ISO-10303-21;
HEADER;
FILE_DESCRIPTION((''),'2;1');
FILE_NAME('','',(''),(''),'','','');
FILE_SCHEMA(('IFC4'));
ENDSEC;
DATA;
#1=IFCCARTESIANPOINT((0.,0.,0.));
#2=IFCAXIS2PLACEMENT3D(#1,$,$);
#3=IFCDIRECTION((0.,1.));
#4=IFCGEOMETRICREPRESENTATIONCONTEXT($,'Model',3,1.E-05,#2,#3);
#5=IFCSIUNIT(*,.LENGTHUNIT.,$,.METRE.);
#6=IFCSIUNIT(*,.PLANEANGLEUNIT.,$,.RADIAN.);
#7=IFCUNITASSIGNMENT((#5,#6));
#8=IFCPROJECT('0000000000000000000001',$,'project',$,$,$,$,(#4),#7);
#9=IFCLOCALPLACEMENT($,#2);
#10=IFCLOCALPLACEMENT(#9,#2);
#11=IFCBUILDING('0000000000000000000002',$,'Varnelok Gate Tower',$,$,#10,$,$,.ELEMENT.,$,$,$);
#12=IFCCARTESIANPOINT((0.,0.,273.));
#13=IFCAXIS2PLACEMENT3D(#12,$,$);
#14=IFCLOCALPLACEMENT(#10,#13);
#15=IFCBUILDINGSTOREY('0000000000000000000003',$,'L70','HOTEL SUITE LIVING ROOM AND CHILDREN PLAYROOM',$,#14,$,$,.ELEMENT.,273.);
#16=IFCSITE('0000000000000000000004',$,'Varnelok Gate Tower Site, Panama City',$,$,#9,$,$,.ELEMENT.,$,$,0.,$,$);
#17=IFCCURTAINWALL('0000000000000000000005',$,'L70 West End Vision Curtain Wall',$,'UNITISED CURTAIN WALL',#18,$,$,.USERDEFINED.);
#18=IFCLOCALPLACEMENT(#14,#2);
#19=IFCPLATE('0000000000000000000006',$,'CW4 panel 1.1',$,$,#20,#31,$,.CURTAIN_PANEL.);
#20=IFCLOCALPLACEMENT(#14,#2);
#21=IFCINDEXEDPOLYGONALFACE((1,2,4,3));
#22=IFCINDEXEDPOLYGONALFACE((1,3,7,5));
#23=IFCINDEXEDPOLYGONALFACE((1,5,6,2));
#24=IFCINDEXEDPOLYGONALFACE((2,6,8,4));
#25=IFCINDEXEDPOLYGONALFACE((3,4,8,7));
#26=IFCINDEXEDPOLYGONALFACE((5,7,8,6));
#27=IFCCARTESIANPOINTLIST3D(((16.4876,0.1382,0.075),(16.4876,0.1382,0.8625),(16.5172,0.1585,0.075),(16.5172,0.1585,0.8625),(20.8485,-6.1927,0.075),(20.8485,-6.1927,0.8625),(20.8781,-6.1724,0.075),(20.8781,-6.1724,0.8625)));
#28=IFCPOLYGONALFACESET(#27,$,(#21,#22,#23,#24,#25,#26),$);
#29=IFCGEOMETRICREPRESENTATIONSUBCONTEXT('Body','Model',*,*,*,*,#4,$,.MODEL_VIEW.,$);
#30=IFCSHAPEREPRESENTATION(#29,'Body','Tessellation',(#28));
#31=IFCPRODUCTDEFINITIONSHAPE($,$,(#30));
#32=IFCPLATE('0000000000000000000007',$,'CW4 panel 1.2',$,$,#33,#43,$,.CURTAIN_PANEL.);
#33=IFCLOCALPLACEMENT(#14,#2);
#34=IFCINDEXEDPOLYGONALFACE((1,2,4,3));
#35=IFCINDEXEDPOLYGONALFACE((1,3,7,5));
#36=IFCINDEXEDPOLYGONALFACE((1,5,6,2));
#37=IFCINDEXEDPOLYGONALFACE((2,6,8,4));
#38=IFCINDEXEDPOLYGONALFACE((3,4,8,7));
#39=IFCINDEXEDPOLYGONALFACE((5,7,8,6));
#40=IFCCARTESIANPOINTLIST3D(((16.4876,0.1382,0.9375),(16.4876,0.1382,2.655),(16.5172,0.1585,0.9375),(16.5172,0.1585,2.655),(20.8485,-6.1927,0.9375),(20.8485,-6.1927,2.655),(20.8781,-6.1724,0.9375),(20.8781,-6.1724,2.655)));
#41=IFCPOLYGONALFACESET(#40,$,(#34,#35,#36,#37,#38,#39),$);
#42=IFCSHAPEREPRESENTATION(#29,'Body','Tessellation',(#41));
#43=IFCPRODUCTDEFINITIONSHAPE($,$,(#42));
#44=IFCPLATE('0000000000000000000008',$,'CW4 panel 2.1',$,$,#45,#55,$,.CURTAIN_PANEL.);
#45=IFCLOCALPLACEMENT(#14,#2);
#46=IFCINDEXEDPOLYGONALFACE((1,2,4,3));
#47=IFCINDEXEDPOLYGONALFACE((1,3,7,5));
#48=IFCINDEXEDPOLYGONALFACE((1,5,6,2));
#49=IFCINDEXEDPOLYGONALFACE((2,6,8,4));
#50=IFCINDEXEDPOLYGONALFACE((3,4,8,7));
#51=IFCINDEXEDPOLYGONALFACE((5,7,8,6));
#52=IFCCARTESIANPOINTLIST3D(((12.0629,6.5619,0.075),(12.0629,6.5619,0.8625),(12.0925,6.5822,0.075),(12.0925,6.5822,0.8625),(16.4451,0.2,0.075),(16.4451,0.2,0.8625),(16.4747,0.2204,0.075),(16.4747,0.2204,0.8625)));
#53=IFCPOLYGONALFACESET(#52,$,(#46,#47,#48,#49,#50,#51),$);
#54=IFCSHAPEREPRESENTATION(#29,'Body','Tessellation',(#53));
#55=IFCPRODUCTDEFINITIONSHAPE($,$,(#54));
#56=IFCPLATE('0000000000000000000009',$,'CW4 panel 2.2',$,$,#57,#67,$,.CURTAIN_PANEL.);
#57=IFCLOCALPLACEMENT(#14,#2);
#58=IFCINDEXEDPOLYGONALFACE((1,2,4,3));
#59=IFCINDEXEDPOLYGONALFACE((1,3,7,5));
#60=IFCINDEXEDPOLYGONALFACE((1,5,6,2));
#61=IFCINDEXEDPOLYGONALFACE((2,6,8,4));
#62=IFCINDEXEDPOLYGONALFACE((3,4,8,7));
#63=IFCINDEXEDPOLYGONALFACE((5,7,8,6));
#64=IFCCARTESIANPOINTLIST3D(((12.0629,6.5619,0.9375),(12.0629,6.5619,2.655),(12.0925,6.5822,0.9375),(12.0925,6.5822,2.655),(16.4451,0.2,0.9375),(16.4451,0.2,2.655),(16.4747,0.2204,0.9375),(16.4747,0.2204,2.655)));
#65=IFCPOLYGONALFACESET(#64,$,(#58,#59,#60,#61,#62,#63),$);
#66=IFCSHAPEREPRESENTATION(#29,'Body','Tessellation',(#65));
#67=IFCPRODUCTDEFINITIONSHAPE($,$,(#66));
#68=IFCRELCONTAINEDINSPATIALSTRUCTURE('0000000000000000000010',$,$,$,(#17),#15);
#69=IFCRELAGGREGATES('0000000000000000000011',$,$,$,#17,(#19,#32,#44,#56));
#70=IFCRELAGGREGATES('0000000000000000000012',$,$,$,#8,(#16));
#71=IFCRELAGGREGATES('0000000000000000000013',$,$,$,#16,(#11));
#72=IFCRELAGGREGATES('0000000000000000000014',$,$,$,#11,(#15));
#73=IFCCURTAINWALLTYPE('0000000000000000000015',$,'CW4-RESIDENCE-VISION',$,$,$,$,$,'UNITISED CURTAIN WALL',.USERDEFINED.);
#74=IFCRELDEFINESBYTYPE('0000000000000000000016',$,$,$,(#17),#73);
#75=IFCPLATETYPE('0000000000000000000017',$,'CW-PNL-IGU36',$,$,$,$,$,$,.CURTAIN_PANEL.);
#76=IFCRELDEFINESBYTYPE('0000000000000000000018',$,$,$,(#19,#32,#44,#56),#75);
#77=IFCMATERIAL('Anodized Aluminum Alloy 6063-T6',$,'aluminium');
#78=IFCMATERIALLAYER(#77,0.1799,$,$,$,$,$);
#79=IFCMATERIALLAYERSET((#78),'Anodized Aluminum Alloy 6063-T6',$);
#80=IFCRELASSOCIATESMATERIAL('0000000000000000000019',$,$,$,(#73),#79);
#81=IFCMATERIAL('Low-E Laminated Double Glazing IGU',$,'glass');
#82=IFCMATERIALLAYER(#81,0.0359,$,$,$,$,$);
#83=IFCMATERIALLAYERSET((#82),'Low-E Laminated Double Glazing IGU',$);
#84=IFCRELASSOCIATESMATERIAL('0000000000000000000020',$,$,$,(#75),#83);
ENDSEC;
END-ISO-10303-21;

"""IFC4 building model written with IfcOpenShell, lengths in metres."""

from ifc_helpers import new_model, si_unit, direction, frame, origin, origin_2d, place, context, subcontext, project, spatial, rectangle, extrude, source, transform, mapped, material, layer, layer_set, type_object, element, aggregate, save


model = new_model("IFC4")

# Units and contexts
model_context = context("Model", 3, precision=1e-05, world=origin(), true_north=direction((0.0, 1.0)))
body_context = subcontext(model_context, "Body", "Model", "MODEL_VIEW")
ifc_project = project(units=[si_unit("LENGTHUNIT", "METRE"), si_unit("PLANEANGLEUNIT", "RADIAN")], contexts=[model_context])

# Site, building, storey
site_placement = place(None, origin())
site = spatial("IfcSite", under=ifc_project, at=site_placement, Name="Varnelok Gate Tower Site, Panama City", CompositionType="ELEMENT", RefElevation=0.0)
building_placement = place(site_placement, origin())
building = spatial("IfcBuilding", under=site, at=building_placement, Name="Varnelok Gate Tower", CompositionType="ELEMENT")
storey_placement = place(building_placement, frame((0.0, 0.0, 273.0)))
storey = spatial("IfcBuildingStorey", under=building, at=storey_placement, Name="L70", Description="HOTEL SUITE LIVING ROOM AND CHILDREN PLAYROOM", CompositionType="ELEMENT", Elevation=273.0)

# Curtain wall
ifc_material_1 = material(Name="Anodized Aluminum Alloy 6063-T6", Category="aluminium")
ifc_layer_1 = layer(ifc_material_1, 0.1799)
ifc_layer_set_1 = layer_set([ifc_layer_1], Name="Anodized Aluminum Alloy 6063-T6")
curtain_wall_type = type_object("IfcCurtainWallType", Name="CW4-RESIDENCE-VISION", ElementType="UNITISED CURTAIN WALL", PredefinedType="USERDEFINED", material=ifc_layer_set_1)
curtain_wall_placement = place(storey_placement, origin())
curtain_wall = element("IfcCurtainWall", 1, at=curtain_wall_placement, inside=storey, type_object=curtain_wall_type, Name="L70 West End Vision Curtain Wall", ObjectType="UNITISED CURTAIN WALL", PredefinedType="USERDEFINED")

# Plates
ifc_material_2 = material(Name="Low-E Laminated Double Glazing IGU", Category="glass")
ifc_layer_2 = layer(ifc_material_2, 0.0359)
ifc_layer_set_2 = layer_set([ifc_layer_2], Name="Low-E Laminated Double Glazing IGU")
plate_type = type_object("IfcPlateType", Name="CW-PNL-IGU36", PredefinedType="CURTAIN_PANEL", material=ifc_layer_set_2)
shared_shape_1 = source(origin(), body_context, "Body", "SweptSolid", [
    extrude(rectangle(XDim=7.6875, YDim=0.0359, at=origin_2d()), origin(), (0.0, 0.0, 1.0), 0.7876),
])
plate_1_placement = place(storey_placement, frame((18.6829, -3.0171, 0.075), z_axis=(0.0, 0.0, 1.0), x_axis=(-0.567269, 0.823532, 0.0)))
plate_1 = element("IfcPlate", 2, at=plate_1_placement, type_object=plate_type, Name="CW4 panel 1.1", PredefinedType="CURTAIN_PANEL", context=body_context, shape_type="MappedRepresentation", body=[
    mapped(shared_shape_1, transform((0.0, 0.0, 0.0), scale=1.0)),
])
shared_shape_2 = source(origin(), body_context, "Body", "SweptSolid", [
    extrude(rectangle(XDim=7.6875, YDim=0.0359, at=origin_2d()), origin(), (0.0, 0.0, 1.0), 1.7175),
])
plate_2_placement = place(storey_placement, frame((18.6829, -3.0171, 0.9375), z_axis=(0.0, 0.0, 1.0), x_axis=(-0.567269, 0.823532, 0.0)))
plate_2 = element("IfcPlate", 3, at=plate_2_placement, type_object=plate_type, Name="CW4 panel 1.2", PredefinedType="CURTAIN_PANEL", context=body_context, shape_type="MappedRepresentation", body=[
    mapped(shared_shape_2, transform((0.0, 0.0, 0.0), scale=1.0)),
])
shared_shape_3 = source(origin(), body_context, "Body", "SweptSolid", [
    extrude(rectangle(XDim=7.7251, YDim=0.0359, at=origin_2d()), origin(), (0.0, 0.0, 1.0), 0.7876),
])
plate_3_placement = place(storey_placement, frame((14.2688, 3.3911, 0.075), z_axis=(0.0, 0.0, 1.0), x_axis=(-0.567269, 0.823532, 0.0)))
plate_3 = element("IfcPlate", 4, at=plate_3_placement, type_object=plate_type, Name="CW4 panel 2.1", PredefinedType="CURTAIN_PANEL", context=body_context, shape_type="MappedRepresentation", body=[
    mapped(shared_shape_3, transform((0.0, 0.0, 0.0), scale=1.0)),
])
shared_shape_4 = source(origin(), body_context, "Body", "SweptSolid", [
    extrude(rectangle(XDim=7.7251, YDim=0.0359, at=origin_2d()), origin(), (0.0, 0.0, 1.0), 1.7175),
])
plate_4_placement = place(storey_placement, frame((14.2688, 3.3911, 0.9375), z_axis=(0.0, 0.0, 1.0), x_axis=(-0.567269, 0.823532, 0.0)))
plate_4 = element("IfcPlate", 5, at=plate_4_placement, type_object=plate_type, Name="CW4 panel 2.2", PredefinedType="CURTAIN_PANEL", context=body_context, shape_type="MappedRepresentation", body=[
    mapped(shared_shape_4, transform((0.0, 0.0, 0.0), scale=1.0)),
])
aggregate(curtain_wall, [plate_1, plate_2, plate_3, plate_4])

save(model, "model.ifc")
